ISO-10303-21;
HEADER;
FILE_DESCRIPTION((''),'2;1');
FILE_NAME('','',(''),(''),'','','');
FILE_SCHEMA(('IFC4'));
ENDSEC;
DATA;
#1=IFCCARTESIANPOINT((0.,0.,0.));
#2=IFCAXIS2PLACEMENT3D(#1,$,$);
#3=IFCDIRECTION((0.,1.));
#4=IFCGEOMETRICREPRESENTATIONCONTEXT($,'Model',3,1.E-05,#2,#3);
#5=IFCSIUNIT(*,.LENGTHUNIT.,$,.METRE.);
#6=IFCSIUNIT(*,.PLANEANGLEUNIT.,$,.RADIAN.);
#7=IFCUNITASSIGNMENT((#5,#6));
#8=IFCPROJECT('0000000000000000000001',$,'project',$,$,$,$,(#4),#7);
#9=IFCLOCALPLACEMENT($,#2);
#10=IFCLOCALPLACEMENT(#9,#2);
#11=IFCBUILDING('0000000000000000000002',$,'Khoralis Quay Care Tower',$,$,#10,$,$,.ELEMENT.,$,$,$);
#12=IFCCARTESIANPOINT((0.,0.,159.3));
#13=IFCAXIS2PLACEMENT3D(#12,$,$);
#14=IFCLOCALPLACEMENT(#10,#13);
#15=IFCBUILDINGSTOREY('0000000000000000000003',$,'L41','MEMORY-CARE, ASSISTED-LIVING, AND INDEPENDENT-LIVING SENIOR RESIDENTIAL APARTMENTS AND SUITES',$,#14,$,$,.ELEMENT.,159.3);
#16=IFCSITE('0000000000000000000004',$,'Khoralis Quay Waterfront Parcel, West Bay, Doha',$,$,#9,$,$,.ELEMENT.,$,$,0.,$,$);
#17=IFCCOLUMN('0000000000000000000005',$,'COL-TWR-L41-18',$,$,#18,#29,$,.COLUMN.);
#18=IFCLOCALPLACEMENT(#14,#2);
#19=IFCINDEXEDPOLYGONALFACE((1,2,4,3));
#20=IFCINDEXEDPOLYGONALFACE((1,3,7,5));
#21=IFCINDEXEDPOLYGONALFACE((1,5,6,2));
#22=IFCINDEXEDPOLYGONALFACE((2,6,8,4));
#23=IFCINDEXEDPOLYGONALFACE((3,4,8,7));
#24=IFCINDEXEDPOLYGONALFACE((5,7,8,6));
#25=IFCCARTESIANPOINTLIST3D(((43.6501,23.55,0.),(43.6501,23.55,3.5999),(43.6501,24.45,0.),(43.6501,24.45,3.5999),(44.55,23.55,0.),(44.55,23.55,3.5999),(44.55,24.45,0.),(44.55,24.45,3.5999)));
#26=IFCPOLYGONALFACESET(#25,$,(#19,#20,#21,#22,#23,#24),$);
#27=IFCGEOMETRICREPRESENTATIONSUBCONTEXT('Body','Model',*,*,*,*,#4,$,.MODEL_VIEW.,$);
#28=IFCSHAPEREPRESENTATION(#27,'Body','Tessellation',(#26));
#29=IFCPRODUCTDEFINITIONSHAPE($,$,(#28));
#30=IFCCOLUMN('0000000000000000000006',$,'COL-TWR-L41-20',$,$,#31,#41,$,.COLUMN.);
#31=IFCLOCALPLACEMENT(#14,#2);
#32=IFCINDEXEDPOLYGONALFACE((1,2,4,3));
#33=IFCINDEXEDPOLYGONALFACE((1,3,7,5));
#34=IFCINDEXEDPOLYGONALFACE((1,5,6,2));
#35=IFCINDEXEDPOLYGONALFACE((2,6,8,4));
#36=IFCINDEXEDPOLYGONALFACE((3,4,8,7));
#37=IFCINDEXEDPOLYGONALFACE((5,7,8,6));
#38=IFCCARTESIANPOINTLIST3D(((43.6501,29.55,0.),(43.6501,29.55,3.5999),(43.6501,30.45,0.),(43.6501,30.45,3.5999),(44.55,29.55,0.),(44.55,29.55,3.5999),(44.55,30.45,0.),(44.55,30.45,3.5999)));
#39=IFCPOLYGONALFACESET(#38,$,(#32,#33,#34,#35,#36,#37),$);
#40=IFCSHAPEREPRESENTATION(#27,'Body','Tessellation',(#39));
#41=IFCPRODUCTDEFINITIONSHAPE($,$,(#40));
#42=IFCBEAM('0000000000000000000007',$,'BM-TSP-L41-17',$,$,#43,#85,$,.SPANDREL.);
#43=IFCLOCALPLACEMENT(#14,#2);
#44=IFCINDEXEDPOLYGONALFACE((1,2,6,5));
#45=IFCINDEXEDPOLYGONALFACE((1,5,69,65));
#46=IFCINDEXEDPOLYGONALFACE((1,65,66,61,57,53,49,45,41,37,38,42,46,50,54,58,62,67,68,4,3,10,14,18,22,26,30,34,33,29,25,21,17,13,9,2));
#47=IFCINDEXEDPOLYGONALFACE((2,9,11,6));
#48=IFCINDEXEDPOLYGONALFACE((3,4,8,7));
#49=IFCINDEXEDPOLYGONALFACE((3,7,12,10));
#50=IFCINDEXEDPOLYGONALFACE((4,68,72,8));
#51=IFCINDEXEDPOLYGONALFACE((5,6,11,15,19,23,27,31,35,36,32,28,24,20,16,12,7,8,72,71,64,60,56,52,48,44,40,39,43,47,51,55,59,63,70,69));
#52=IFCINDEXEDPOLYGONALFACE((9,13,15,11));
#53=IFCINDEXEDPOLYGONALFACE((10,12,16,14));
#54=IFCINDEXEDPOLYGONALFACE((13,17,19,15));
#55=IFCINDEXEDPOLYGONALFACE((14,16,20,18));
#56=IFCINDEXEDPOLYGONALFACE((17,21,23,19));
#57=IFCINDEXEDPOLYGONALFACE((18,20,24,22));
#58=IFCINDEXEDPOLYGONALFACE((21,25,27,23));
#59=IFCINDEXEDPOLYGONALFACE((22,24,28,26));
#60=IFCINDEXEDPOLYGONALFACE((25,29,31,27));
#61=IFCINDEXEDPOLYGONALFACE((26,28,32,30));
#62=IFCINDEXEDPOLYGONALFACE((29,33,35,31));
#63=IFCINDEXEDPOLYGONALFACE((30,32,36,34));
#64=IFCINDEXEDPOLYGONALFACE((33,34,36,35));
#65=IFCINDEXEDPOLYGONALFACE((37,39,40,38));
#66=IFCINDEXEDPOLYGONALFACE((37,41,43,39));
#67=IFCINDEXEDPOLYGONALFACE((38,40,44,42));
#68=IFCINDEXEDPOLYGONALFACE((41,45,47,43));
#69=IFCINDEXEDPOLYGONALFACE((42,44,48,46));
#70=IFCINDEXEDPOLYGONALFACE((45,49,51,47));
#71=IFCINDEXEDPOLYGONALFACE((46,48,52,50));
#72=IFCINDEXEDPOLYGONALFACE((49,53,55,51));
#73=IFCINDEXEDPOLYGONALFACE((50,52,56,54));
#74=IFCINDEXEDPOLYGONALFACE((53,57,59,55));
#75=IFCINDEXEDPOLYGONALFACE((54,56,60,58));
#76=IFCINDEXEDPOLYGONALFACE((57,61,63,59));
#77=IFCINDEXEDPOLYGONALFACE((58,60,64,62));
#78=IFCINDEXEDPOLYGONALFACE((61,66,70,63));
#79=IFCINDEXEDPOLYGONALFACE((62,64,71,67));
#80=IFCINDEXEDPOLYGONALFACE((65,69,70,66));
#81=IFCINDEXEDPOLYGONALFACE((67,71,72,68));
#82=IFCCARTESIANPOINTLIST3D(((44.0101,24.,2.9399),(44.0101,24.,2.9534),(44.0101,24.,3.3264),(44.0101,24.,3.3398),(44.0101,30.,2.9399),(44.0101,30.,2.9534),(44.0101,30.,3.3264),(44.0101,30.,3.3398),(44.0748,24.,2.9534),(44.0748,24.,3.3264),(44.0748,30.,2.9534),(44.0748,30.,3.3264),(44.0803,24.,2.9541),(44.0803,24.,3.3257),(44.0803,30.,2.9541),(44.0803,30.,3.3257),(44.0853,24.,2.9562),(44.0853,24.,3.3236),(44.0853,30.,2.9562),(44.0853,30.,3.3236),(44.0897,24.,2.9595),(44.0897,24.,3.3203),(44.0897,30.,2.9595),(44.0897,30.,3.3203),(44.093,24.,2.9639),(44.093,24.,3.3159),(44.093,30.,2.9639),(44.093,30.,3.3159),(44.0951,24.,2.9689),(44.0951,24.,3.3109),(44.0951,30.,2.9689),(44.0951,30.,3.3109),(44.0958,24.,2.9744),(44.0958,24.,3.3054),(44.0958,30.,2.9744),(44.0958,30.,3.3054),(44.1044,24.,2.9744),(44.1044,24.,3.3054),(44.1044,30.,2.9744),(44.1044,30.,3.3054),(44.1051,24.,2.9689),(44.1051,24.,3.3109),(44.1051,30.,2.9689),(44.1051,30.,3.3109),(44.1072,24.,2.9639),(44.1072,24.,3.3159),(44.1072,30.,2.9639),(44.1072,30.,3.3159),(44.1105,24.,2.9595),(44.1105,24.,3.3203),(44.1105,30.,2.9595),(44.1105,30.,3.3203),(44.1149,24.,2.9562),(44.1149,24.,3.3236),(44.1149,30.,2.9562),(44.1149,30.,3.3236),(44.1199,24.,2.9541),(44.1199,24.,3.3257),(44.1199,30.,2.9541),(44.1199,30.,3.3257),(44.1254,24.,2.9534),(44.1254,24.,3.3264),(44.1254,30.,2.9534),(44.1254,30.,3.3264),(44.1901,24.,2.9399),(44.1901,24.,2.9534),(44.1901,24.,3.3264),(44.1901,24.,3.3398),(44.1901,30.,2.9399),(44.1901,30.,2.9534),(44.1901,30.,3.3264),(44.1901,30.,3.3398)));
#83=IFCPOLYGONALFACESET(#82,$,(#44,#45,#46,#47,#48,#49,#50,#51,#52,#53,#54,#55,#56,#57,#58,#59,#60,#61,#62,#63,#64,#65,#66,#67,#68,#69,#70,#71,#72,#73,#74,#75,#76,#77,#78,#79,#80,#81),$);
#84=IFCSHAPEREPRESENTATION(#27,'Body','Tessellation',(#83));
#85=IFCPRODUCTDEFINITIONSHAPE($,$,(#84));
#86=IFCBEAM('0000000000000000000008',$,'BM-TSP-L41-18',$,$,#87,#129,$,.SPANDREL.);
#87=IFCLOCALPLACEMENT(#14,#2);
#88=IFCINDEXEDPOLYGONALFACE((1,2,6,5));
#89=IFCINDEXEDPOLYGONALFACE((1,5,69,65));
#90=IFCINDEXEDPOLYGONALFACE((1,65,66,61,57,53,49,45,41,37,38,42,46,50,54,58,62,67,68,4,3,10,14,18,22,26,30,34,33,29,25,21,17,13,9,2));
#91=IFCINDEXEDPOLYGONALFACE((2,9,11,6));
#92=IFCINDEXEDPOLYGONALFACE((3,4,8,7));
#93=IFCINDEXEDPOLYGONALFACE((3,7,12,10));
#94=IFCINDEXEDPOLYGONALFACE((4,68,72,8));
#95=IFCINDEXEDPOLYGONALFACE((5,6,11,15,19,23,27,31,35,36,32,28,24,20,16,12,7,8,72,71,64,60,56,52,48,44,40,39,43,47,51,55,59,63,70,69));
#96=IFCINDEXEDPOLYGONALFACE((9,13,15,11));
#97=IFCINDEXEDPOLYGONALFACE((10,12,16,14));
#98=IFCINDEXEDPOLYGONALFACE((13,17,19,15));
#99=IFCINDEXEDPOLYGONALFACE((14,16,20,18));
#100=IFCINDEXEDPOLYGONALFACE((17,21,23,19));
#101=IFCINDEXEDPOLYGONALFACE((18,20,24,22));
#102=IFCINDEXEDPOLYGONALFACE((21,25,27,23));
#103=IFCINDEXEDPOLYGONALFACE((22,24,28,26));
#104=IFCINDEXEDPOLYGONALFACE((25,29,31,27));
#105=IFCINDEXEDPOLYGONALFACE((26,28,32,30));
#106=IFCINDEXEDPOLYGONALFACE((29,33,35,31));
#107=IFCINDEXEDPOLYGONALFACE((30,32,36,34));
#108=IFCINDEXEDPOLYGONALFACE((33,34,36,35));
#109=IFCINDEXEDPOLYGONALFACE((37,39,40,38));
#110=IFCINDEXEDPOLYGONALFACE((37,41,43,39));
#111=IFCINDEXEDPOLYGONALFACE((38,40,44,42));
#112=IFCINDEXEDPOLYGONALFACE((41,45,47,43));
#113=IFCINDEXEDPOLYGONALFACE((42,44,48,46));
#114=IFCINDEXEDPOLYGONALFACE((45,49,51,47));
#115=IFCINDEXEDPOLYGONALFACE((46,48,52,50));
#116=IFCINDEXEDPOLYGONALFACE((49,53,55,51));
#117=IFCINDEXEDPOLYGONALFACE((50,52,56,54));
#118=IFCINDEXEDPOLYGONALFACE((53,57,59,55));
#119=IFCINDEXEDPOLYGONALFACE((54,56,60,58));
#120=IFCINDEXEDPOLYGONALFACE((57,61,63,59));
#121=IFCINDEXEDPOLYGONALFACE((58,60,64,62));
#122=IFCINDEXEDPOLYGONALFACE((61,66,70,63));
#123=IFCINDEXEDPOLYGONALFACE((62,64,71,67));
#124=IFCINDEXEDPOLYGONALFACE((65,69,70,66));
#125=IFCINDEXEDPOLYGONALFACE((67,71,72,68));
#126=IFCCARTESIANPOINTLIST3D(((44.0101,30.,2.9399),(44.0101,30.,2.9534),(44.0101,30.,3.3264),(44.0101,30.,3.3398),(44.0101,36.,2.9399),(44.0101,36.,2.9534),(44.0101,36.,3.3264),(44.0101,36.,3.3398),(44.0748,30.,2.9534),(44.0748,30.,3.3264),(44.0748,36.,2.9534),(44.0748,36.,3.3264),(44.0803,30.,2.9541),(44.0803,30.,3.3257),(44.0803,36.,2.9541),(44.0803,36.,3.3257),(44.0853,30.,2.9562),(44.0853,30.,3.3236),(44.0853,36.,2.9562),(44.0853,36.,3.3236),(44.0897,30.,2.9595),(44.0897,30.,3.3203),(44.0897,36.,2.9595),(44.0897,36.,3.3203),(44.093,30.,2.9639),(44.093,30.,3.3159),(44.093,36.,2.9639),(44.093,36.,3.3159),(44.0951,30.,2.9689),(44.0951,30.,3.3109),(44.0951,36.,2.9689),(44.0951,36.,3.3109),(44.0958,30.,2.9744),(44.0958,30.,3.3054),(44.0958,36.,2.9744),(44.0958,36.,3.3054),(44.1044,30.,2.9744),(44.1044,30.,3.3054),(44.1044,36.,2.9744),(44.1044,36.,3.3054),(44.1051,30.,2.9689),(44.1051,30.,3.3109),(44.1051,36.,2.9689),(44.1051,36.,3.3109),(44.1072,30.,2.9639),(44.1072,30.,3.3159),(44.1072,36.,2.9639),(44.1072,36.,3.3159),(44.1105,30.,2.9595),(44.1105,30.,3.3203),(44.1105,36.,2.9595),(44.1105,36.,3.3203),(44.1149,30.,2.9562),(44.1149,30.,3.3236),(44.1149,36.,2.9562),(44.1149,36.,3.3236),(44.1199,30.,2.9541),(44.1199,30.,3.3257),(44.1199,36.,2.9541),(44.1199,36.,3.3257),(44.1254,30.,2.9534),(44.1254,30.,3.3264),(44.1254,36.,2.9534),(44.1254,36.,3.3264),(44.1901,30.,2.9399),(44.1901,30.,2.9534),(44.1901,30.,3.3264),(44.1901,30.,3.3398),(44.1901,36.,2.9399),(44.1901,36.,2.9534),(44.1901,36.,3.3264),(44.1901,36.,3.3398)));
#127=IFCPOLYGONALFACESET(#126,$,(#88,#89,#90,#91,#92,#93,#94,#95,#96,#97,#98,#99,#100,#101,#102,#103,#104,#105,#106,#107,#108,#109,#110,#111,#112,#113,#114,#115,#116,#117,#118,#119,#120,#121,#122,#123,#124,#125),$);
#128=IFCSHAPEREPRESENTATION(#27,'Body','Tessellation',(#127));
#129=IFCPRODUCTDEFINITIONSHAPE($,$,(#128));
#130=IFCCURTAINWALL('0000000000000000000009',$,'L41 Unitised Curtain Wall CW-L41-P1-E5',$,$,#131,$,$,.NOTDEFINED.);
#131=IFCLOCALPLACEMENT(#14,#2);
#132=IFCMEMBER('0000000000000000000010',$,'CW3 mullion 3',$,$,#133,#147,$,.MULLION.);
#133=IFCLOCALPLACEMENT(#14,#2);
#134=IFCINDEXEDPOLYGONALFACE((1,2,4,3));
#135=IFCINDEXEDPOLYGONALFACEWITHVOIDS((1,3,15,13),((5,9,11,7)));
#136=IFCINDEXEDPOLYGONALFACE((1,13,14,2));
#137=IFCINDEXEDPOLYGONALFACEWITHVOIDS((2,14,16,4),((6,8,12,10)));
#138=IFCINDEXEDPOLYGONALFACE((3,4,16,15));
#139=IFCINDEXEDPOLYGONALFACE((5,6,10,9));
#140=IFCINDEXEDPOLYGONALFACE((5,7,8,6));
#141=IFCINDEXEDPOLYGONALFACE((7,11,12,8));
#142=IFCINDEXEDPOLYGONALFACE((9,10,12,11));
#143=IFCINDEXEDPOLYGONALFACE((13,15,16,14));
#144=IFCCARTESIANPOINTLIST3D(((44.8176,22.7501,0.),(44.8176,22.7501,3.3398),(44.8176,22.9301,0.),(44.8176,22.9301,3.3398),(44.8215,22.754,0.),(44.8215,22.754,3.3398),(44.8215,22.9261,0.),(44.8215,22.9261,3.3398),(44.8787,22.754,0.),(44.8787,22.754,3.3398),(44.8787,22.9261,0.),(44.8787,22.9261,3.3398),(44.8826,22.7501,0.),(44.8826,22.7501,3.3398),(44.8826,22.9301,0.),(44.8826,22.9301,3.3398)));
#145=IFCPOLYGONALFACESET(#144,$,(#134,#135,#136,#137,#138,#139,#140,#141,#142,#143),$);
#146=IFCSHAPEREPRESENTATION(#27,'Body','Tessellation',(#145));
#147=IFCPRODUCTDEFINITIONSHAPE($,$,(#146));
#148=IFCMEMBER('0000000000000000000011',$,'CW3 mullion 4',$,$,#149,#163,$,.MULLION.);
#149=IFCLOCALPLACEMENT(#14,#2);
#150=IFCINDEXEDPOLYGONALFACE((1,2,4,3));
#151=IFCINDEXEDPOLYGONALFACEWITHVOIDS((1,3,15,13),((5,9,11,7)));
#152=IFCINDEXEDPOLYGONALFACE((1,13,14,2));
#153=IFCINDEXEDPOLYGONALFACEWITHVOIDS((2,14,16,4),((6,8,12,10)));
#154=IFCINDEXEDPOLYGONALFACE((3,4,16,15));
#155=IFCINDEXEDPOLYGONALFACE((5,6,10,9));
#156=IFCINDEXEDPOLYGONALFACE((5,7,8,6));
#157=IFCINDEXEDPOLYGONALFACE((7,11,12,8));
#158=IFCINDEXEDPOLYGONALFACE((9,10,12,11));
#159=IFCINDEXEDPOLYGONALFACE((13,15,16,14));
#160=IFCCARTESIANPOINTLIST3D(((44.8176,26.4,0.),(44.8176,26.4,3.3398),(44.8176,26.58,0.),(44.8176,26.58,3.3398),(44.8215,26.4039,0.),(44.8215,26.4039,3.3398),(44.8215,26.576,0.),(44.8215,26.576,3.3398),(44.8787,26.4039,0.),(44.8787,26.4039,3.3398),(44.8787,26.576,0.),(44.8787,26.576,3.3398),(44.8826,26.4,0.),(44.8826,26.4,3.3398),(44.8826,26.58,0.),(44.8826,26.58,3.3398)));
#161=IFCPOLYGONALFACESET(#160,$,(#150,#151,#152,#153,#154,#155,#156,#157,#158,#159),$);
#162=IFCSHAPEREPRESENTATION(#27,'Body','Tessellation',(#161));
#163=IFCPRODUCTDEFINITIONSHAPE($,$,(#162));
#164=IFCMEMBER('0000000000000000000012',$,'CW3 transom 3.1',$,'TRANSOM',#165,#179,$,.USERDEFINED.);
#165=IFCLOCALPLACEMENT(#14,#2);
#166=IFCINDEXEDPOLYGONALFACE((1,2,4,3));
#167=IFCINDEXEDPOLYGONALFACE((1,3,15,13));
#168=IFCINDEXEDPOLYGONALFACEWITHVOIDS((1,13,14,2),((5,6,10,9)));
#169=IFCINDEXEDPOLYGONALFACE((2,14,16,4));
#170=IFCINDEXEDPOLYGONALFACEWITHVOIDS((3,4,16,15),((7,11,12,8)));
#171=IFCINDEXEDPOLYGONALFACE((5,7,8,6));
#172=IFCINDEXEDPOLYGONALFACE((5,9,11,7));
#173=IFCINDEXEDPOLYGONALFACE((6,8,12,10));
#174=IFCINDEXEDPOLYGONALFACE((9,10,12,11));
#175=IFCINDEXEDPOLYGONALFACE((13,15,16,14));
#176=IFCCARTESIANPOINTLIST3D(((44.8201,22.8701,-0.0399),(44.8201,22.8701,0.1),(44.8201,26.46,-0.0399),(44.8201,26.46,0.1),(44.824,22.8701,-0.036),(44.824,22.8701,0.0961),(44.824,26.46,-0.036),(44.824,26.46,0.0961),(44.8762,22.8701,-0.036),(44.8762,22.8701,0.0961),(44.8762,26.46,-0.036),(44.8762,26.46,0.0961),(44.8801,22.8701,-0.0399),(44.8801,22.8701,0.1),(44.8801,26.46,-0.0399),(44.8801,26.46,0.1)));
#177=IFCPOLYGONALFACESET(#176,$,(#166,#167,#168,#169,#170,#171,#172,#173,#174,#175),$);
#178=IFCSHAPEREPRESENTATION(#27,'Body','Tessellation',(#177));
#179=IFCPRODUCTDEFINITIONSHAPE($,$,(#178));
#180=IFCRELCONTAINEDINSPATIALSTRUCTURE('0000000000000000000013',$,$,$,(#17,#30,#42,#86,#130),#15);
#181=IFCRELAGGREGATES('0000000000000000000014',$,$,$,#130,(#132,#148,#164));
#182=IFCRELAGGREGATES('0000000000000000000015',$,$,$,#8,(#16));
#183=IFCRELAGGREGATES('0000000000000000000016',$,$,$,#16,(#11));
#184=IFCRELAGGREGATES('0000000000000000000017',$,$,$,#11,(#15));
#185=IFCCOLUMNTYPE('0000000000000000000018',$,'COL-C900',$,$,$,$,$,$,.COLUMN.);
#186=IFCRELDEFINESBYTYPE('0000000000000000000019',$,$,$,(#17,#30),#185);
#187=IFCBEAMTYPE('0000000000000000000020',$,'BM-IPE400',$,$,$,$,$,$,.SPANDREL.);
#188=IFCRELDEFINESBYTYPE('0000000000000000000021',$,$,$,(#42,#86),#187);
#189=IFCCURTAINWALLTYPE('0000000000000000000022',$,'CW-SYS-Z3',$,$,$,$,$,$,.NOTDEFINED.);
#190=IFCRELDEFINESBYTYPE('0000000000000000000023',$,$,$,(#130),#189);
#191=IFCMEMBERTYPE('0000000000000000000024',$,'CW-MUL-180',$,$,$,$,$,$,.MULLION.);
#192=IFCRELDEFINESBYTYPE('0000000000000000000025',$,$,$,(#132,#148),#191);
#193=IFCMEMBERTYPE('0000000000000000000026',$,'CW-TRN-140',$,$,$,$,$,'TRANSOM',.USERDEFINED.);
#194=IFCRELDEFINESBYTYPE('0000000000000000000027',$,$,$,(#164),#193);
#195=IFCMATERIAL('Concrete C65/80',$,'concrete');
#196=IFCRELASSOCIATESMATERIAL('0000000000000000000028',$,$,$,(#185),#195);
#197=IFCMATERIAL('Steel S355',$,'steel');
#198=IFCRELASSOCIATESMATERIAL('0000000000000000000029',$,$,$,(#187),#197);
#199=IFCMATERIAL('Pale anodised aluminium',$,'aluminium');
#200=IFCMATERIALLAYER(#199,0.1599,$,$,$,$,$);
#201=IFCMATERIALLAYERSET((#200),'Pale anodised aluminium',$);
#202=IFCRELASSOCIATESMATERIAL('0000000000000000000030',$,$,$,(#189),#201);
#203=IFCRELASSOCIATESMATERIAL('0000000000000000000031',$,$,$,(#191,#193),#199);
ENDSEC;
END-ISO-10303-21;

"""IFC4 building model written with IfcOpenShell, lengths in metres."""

from ifc_helpers import new_model, si_unit, direction, frame, origin, origin_2d, place, context, subcontext, project, spatial, rectangle, hollow_rectangle, i_section, extrude, source, transform, mapped, material, layer, layer_set, material_profile, profile_set, type_object, element, aggregate, save


model = new_model("IFC4")

# Units and contexts
model_context = context("Model", 3, precision=1e-05, world=origin(), true_north=direction((0.0, 1.0)))
body_context = subcontext(model_context, "Body", "Model", "MODEL_VIEW")
ifc_project = project(units=[si_unit("LENGTHUNIT", "METRE"), si_unit("PLANEANGLEUNIT", "RADIAN")], contexts=[model_context])

# Site, building, storey
site_placement = place(None, origin())
site = spatial("IfcSite", under=ifc_project, at=site_placement, Name="Khoralis Quay Waterfront Parcel, West Bay, Doha", CompositionType="ELEMENT", RefElevation=0.0)
building_placement = place(site_placement, origin())
building = spatial("IfcBuilding", under=site, at=building_placement, Name="Khoralis Quay Care Tower", CompositionType="ELEMENT")
storey_placement = place(building_placement, frame((0.0, 0.0, 159.3)))
storey = spatial("IfcBuildingStorey", under=building, at=storey_placement, Name="L41", Description="MEMORY-CARE, ASSISTED-LIVING, AND INDEPENDENT-LIVING SENIOR RESIDENTIAL APARTMENTS AND SUITES", CompositionType="ELEMENT", Elevation=159.3)

# Columns
ifc_material_1 = material(Name="Concrete C65/80", Category="concrete")
ifc_material_profile_1 = material_profile(ifc_material_1, rectangle(XDim=0.8999, YDim=0.8999, at=origin_2d()), Name="Concrete C65/80")
ifc_profile_set_1 = profile_set([ifc_material_profile_1], Name="Concrete C65/80")
column_type = type_object("IfcColumnType", Name="COL-C900", PredefinedType="COLUMN", material=ifc_profile_set_1)
shared_shape_1 = source(origin(), body_context, "Body", "SweptSolid", [
    extrude(rectangle(XDim=0.8999, YDim=0.8999, at=origin_2d()), origin(), (0.0, 0.0, 1.0), 3.5999),
])
for number, where, z_axis, x_axis, name in (
    (1, (44.1001, 24.0, 0.0), (0.0, 0.0, 1.0), (1.0, 0.0, 0.0), "COL-TWR-L41-18"),
    (2, (44.1001, 30.0, 0.0), (0.0, 0.0, 1.0), (1.0, 0.0, 0.0), "COL-TWR-L41-20"),
):
    element("IfcColumn", number, at=place(storey_placement, frame(where, z_axis=z_axis, x_axis=x_axis)), inside=storey, type_object=column_type, Name=name, PredefinedType="COLUMN", context=body_context, shape_type="MappedRepresentation", body=[
        mapped(shared_shape_1, transform((0.0, 0.0, 0.0), scale=1.0)),
    ])

# Beams
ifc_material_2 = material(Name="Steel S355", Category="steel")
ifc_material_profile_2 = material_profile(ifc_material_2, i_section(OverallWidth=0.1799, OverallDepth=0.3999, WebThickness=0.0085, FlangeThickness=0.0134, FilletRadius=0.021, at=origin_2d()), Name="Steel S355")
ifc_profile_set_2 = profile_set([ifc_material_profile_2], Name="Steel S355")
beam_type = type_object("IfcBeamType", Name="BM-IPE400", PredefinedType="SPANDREL", material=ifc_profile_set_2)
shared_shape_2 = source(origin(), body_context, "Body", "SweptSolid", [
    extrude(i_section(OverallWidth=0.1799, OverallDepth=0.3999, WebThickness=0.0085, FlangeThickness=0.0134, FilletRadius=0.021, at=origin_2d()), origin(), (0.0, 0.0, 1.0), 6.0),
])
for number, where, z_axis, x_axis, name in (
    (3, (44.1001, 24.0, 3.1399), (0.0, 1.0, 0.0), (-1.0, 0.0, 0.0), "BM-TSP-L41-17"),
    (4, (44.1001, 30.0, 3.1399), (0.0, 1.0, 0.0), (-1.0, 0.0, 0.0), "BM-TSP-L41-18"),
):
    element("IfcBeam", number, at=place(storey_placement, frame(where, z_axis=z_axis, x_axis=x_axis)), inside=storey, type_object=beam_type, Name=name, PredefinedType="SPANDREL", context=body_context, shape_type="MappedRepresentation", body=[
        mapped(shared_shape_2, transform((0.0, 0.0, 0.0), scale=1.0)),
    ])

# Curtain wall, members
ifc_material_3 = material(Name="Pale anodised aluminium", Category="aluminium")
ifc_layer_1 = layer(ifc_material_3, 0.1599)
ifc_layer_set_1 = layer_set([ifc_layer_1], Name="Pale anodised aluminium")
curtain_wall_type = type_object("IfcCurtainWallType", Name="CW-SYS-Z3", PredefinedType="NOTDEFINED", material=ifc_layer_set_1)
curtain_wall_placement = place(storey_placement, origin())
curtain_wall = element("IfcCurtainWall", 5, at=curtain_wall_placement, inside=storey, type_object=curtain_wall_type, Name="L41 Unitised Curtain Wall CW-L41-P1-E5", PredefinedType="NOTDEFINED")
ifc_material_profile_3 = material_profile(ifc_material_3, hollow_rectangle(XDim=0.0649, YDim=0.1799, WallThickness=0.0039, at=origin_2d()), Name="Pale anodised aluminium")
ifc_profile_set_3 = profile_set([ifc_material_profile_3], Name="Pale anodised aluminium")
member_type_1 = type_object("IfcMemberType", Name="CW-MUL-180", PredefinedType="MULLION", material=ifc_profile_set_3)
shared_shape_3 = source(origin(), body_context, "Body", "SweptSolid", [
    extrude(hollow_rectangle(XDim=0.0649, YDim=0.1799, WallThickness=0.0039, at=origin_2d()), origin(), (0.0, 0.0, 1.0), 3.3398),
])
member_1_placement = place(storey_placement, frame((44.8501, 22.8401, 0.0), z_axis=(0.0, 0.0, 1.0), x_axis=(-1.0, 0.0, 0.0)))
member_1 = element("IfcMember", 6, at=member_1_placement, type_object=member_type_1, Name="CW3 mullion 3", PredefinedType="MULLION", context=body_context, shape_type="MappedRepresentation", body=[
    mapped(shared_shape_3, transform((0.0, 0.0, 0.0), scale=1.0)),
])
member_2_placement = place(storey_placement, frame((44.8501, 26.49, 0.0), z_axis=(0.0, 0.0, 1.0), x_axis=(-1.0, 0.0, 0.0)))
member_2 = element("IfcMember", 7, at=member_2_placement, type_object=member_type_1, Name="CW3 mullion 4", PredefinedType="MULLION", context=body_context, shape_type="MappedRepresentation", body=[
    mapped(shared_shape_3, transform((0.0, 0.0, 0.0), scale=1.0)),
])
ifc_material_profile_4 = material_profile(ifc_material_3, hollow_rectangle(XDim=0.0601, YDim=0.1399, WallThickness=0.0039, at=origin_2d()), Name="Pale anodised aluminium")
ifc_profile_set_4 = profile_set([ifc_material_profile_4], Name="Pale anodised aluminium")
member_type_2 = type_object("IfcMemberType", Name="CW-TRN-140", ElementType="TRANSOM", PredefinedType="USERDEFINED", material=ifc_profile_set_4)
shared_shape_4 = source(origin(), body_context, "Body", "SweptSolid", [
    extrude(hollow_rectangle(XDim=0.0601, YDim=0.1399, WallThickness=0.0039, at=origin_2d()), origin(), (0.0, 0.0, 1.0), 3.5898),
])
member_3_placement = place(storey_placement, frame((44.8501, 22.8701, 0.03), z_axis=(0.0, 1.0, 0.0), x_axis=(-1.0, 0.0, 0.0)))
member_3 = element("IfcMember", 8, at=member_3_placement, type_object=member_type_2, Name="CW3 transom 3.1", ObjectType="TRANSOM", PredefinedType="USERDEFINED", context=body_context, shape_type="MappedRepresentation", body=[
    mapped(shared_shape_4, transform((0.0, 0.0, 0.0), scale=1.0)),
])
aggregate(curtain_wall, [member_1, member_2, member_3])

save(model, "model.ifc")
